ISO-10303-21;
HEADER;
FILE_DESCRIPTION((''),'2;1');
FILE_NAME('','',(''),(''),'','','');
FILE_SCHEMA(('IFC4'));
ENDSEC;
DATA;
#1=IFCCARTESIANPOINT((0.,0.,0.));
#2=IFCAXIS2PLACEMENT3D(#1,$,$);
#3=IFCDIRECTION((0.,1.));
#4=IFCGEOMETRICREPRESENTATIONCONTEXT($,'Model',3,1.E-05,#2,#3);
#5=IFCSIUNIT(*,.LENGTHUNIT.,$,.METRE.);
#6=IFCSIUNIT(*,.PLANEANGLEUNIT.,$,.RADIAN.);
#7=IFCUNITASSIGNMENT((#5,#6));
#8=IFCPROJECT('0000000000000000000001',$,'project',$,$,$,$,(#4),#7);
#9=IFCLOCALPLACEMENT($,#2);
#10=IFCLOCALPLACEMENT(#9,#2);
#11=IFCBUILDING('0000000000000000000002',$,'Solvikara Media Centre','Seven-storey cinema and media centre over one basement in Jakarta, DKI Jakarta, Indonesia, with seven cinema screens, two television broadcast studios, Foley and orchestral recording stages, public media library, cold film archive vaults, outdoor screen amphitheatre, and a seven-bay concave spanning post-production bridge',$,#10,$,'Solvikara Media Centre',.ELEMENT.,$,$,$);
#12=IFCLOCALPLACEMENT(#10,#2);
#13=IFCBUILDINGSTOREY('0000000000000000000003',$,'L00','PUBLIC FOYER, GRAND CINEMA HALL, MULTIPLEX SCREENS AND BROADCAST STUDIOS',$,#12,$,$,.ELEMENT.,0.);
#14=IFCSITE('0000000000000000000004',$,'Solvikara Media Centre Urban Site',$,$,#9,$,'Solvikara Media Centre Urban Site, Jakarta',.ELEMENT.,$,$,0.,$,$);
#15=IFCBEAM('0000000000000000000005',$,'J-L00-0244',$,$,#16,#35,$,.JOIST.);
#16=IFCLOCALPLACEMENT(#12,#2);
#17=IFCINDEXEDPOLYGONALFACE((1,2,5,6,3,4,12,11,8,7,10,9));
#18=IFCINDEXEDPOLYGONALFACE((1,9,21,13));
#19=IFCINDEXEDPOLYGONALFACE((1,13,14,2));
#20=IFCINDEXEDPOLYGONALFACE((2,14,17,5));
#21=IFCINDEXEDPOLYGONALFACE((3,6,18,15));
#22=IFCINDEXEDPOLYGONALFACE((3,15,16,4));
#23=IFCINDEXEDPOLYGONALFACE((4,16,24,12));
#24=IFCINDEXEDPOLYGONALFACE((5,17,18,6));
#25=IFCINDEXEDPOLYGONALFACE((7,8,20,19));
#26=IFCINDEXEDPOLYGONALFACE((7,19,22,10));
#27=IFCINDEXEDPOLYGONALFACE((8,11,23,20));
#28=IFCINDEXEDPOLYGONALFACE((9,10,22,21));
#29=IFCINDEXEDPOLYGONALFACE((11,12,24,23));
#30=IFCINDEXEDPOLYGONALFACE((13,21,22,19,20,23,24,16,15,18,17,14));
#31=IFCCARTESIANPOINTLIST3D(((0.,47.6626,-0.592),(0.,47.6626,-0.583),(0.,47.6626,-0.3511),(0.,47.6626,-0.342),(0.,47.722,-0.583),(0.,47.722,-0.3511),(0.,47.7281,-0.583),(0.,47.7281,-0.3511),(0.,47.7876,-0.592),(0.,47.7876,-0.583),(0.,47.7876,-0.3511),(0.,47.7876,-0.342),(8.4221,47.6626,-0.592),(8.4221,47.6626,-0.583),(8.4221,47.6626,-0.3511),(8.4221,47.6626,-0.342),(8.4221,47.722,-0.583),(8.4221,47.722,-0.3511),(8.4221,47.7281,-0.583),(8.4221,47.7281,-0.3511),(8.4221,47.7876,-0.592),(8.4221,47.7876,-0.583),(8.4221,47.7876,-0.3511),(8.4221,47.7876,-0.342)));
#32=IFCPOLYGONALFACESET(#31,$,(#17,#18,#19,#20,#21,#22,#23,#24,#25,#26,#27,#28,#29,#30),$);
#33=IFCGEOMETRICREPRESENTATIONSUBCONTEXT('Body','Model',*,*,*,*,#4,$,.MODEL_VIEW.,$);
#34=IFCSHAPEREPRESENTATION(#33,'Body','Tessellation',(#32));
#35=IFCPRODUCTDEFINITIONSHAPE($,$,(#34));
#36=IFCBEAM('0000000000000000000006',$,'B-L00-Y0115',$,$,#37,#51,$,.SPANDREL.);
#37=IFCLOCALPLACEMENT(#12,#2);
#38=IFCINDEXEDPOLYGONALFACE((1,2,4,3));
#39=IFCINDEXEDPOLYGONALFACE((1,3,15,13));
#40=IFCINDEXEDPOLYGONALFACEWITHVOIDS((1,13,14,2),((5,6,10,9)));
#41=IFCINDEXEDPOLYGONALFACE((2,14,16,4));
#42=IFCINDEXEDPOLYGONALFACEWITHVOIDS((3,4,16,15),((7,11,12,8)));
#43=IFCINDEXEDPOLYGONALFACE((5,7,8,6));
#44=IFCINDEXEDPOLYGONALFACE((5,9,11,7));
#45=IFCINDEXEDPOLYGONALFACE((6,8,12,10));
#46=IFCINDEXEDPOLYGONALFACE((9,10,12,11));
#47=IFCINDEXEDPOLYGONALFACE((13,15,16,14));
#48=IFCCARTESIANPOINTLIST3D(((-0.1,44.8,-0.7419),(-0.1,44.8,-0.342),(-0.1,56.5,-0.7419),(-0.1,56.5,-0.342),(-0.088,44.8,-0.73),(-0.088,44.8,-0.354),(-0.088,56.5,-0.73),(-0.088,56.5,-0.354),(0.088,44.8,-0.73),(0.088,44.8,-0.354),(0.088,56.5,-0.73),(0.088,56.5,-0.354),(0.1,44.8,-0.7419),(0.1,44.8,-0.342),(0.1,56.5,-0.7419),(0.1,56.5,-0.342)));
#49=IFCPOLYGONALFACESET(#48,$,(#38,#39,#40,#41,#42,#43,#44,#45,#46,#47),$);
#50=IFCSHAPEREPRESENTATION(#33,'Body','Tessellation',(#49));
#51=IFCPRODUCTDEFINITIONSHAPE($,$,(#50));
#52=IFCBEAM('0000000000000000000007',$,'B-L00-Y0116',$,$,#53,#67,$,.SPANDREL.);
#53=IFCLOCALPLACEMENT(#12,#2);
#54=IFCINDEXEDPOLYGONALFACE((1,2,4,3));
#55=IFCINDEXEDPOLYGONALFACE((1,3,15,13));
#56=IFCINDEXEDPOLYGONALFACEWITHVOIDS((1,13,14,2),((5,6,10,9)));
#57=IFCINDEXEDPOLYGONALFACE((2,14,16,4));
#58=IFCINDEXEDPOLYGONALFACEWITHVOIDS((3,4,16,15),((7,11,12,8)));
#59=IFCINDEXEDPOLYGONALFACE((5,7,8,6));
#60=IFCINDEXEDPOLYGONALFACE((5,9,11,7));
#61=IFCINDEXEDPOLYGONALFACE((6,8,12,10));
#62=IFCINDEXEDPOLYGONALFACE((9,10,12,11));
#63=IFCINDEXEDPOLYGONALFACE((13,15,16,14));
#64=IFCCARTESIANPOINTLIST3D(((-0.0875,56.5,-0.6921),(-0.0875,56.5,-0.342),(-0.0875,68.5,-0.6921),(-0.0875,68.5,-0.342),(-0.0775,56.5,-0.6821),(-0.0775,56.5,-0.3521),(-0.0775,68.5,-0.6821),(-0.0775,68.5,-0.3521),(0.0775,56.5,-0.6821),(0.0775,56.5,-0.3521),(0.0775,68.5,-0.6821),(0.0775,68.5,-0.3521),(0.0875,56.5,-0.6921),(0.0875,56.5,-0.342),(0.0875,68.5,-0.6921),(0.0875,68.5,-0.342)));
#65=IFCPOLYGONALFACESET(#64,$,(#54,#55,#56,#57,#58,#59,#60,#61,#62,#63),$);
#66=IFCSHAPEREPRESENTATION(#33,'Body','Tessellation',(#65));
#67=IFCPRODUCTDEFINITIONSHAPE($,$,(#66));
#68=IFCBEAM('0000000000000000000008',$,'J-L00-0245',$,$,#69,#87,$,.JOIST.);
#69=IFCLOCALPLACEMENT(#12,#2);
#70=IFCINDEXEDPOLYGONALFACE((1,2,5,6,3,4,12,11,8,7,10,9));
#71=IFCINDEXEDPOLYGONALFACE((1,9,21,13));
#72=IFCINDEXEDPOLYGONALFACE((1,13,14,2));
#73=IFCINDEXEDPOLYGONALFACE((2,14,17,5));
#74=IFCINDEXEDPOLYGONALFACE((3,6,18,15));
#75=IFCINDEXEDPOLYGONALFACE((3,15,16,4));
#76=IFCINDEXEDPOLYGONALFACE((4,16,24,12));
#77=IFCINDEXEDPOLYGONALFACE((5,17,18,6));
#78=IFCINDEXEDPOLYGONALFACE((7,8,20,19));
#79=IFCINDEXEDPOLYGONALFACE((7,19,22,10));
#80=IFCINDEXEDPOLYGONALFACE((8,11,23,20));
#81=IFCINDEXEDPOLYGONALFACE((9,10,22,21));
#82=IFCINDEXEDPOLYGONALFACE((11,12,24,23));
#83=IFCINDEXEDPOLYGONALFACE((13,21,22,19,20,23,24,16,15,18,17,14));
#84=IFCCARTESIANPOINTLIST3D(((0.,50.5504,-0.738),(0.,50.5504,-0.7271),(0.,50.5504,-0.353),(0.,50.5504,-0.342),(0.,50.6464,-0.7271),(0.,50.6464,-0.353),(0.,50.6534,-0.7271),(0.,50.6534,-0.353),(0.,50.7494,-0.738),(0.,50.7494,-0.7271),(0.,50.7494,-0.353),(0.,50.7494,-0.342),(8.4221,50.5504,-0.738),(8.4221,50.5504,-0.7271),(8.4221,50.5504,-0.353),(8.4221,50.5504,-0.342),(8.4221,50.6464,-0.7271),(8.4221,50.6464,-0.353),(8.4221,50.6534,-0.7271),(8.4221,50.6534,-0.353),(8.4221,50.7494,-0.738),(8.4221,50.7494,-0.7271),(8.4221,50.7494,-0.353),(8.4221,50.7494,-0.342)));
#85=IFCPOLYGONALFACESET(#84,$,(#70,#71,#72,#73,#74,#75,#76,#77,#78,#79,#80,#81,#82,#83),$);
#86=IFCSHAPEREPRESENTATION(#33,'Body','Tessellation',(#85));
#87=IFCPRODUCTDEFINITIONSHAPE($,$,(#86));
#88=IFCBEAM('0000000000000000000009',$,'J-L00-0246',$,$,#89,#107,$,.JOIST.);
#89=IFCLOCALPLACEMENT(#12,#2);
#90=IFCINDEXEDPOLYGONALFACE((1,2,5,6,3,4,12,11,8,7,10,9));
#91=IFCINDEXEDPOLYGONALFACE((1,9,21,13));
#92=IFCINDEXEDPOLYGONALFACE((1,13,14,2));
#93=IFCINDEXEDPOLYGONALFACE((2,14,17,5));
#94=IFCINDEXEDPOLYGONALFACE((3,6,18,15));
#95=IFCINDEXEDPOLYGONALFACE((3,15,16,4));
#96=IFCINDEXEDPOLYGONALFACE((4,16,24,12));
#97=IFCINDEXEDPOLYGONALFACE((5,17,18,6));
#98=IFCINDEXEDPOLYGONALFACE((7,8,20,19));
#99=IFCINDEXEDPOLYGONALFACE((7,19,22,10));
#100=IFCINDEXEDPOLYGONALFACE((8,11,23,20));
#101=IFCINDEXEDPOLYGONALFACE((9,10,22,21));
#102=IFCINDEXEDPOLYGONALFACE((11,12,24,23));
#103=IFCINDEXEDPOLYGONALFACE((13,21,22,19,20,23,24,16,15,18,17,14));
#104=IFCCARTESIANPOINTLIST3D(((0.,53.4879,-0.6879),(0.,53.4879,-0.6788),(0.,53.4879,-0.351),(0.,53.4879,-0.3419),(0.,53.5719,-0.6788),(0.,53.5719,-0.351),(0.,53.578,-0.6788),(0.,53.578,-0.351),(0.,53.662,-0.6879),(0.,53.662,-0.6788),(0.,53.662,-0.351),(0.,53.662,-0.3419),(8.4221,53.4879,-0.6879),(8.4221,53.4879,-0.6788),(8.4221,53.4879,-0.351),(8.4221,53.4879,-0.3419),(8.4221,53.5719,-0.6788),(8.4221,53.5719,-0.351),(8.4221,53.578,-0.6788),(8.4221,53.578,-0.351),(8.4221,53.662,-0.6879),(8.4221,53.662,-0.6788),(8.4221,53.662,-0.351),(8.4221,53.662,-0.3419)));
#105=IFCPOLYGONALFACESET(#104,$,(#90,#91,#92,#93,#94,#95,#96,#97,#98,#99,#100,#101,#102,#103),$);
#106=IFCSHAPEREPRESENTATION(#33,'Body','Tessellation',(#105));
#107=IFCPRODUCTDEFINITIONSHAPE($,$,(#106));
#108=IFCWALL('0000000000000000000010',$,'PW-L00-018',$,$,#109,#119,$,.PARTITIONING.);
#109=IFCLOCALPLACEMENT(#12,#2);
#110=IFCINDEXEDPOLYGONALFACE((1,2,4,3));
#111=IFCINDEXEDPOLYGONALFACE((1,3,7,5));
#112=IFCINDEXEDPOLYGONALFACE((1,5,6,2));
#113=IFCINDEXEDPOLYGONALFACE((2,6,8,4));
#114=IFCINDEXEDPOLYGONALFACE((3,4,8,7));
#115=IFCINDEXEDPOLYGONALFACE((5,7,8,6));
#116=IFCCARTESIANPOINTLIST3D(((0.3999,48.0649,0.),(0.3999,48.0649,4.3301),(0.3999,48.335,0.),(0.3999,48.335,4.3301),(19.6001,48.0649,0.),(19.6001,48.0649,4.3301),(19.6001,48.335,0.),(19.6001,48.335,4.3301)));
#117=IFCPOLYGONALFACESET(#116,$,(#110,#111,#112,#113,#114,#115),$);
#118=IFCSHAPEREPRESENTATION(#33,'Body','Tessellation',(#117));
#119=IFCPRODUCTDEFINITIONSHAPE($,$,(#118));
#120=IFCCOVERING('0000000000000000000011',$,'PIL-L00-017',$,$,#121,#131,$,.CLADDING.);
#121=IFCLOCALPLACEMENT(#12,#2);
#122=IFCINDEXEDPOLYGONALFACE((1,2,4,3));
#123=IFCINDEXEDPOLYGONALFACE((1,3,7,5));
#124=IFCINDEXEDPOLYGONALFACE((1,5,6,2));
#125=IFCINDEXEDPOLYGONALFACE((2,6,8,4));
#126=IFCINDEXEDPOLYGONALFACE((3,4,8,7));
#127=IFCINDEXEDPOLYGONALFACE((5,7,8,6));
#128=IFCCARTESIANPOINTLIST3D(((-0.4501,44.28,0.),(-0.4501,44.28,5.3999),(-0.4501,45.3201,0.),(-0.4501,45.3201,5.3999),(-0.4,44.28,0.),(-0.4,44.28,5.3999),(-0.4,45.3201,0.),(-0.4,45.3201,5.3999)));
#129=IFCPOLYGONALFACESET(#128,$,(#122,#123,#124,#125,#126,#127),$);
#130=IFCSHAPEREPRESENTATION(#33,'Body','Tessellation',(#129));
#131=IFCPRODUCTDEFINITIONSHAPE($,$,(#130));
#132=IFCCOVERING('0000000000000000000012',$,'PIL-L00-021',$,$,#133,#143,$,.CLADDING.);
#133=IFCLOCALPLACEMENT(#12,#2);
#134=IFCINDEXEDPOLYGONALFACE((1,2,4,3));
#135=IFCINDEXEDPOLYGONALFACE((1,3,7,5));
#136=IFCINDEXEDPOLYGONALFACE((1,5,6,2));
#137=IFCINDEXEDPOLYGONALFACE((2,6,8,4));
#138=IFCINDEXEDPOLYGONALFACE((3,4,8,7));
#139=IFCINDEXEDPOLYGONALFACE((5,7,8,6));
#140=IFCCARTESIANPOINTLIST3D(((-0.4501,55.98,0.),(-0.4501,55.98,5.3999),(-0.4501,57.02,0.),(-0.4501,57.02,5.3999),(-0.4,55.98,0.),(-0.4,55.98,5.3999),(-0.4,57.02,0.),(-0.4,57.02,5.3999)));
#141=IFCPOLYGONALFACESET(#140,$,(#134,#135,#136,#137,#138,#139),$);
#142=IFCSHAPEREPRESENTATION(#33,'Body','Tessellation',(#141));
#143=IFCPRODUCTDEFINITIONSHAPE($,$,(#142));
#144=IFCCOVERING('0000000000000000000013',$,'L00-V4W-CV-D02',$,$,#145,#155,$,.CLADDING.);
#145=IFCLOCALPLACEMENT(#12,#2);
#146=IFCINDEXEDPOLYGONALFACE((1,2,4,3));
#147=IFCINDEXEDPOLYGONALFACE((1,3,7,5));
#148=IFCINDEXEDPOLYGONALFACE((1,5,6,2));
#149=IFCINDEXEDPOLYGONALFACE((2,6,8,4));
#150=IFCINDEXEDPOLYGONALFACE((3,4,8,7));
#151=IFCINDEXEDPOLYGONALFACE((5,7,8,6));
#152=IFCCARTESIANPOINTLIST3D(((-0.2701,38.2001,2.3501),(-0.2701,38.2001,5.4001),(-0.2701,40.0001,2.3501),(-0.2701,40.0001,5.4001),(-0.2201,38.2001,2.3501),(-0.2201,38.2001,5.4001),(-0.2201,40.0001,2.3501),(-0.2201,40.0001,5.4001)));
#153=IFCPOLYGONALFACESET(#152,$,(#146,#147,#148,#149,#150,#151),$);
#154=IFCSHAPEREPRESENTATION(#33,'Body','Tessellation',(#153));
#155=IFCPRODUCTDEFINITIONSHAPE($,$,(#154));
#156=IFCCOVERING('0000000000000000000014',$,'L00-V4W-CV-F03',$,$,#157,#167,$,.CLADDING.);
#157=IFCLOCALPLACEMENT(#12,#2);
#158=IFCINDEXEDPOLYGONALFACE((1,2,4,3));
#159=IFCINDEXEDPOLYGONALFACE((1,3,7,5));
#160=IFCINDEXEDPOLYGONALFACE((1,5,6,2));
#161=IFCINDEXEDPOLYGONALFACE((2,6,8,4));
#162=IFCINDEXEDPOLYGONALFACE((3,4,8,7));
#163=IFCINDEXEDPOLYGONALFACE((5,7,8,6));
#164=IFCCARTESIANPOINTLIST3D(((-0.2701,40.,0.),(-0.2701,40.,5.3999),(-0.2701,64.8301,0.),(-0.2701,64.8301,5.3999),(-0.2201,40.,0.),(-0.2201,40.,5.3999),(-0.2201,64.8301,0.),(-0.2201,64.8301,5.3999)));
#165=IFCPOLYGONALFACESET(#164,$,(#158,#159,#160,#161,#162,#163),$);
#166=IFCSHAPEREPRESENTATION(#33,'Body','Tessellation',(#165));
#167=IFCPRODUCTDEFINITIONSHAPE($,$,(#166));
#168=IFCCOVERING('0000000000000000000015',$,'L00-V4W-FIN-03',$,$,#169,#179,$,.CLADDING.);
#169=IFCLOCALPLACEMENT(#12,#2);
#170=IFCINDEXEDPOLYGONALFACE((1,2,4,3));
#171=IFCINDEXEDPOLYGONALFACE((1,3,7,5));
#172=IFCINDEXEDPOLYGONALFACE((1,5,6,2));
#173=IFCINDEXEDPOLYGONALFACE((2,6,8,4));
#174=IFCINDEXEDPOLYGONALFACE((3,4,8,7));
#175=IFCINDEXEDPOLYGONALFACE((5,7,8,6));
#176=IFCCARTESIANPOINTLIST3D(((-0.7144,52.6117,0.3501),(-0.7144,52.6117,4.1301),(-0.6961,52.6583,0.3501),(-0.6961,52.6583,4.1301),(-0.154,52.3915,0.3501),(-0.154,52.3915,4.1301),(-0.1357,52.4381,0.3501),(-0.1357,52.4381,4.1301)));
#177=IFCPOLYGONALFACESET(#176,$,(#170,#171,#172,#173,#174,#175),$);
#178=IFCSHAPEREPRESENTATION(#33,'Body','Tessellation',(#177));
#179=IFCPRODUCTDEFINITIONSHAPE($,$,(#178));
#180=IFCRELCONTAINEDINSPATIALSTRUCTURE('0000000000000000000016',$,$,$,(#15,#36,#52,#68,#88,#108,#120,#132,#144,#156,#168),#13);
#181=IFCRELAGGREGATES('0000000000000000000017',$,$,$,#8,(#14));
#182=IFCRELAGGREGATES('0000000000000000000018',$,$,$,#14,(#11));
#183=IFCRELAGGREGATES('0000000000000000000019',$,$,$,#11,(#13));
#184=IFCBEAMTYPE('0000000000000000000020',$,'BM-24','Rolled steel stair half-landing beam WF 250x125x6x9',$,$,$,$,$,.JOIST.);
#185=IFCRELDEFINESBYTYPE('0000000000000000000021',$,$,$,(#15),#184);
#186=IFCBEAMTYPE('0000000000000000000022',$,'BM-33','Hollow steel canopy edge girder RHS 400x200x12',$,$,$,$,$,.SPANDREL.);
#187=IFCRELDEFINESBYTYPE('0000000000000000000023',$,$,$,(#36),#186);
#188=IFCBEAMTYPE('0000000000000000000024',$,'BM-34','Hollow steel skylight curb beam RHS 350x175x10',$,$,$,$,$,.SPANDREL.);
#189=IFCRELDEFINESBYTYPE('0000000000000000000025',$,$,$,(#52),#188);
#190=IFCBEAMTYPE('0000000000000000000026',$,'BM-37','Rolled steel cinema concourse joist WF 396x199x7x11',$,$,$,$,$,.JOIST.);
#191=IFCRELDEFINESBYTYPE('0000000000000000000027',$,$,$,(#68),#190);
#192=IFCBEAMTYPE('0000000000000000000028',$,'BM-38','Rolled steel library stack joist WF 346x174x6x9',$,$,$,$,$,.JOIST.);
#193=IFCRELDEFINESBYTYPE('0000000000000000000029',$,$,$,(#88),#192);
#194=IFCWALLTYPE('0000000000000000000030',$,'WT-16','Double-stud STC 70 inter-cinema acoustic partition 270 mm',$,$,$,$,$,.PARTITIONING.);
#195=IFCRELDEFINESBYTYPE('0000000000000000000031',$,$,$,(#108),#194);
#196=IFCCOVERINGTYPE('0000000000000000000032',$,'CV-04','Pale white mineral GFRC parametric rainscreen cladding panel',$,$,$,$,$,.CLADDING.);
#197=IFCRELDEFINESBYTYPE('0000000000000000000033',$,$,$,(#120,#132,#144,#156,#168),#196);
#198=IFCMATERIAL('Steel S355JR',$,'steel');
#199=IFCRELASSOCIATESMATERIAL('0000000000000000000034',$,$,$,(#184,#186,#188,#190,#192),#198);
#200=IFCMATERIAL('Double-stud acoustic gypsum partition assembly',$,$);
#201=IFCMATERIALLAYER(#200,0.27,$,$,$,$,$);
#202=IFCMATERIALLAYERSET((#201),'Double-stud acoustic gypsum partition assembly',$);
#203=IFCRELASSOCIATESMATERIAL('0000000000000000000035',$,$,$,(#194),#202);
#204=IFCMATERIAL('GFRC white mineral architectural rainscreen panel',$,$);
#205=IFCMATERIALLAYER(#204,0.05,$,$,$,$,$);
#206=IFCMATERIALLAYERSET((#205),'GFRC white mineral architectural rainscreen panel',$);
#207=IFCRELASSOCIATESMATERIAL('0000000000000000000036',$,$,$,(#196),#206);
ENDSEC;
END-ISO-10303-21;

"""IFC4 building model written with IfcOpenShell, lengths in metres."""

from ifc_helpers import new_model, si_unit, direction, frame, frame_2d, origin, origin_2d, place, context, subcontext, project, spatial, rectangle, hollow_rectangle, i_section, extrude, material, layer, layer_set, material_profile, profile_set, type_object, element, save


model = new_model("IFC4")

# Units and contexts
model_context = context("Model", 3, precision=1e-05, world=origin(), true_north=direction((0.0, 1.0)))
body_context = subcontext(model_context, "Body", "Model", "MODEL_VIEW")
ifc_project = project(units=[si_unit("LENGTHUNIT", "METRE"), si_unit("PLANEANGLEUNIT", "RADIAN")], contexts=[model_context])

# Site, building, storey
site_placement = place(None, origin())
site = spatial("IfcSite", under=ifc_project, at=site_placement, Name="Solvikara Media Centre Urban Site", LongName="Solvikara Media Centre Urban Site, Jakarta", CompositionType="ELEMENT", RefElevation=0.0)
building_placement = place(site_placement, origin())
building = spatial("IfcBuilding", under=site, at=building_placement, Name="Solvikara Media Centre", Description="Seven-storey cinema and media centre over one basement in Jakarta, DKI Jakarta, Indonesia, with seven cinema screens, two television broadcast studios, Foley and orchestral recording stages, public media library, cold film archive vaults, outdoor screen amphitheatre, and a seven-bay concave spanning post-production bridge", LongName="Solvikara Media Centre", CompositionType="ELEMENT")
storey_placement = place(building_placement, origin())
storey = spatial("IfcBuildingStorey", under=building, at=storey_placement, Name="L00", Description="PUBLIC FOYER, GRAND CINEMA HALL, MULTIPLEX SCREENS AND BROADCAST STUDIOS", CompositionType="ELEMENT", Elevation=0.0)

# Beams
ifc_material_1 = material(Name="Steel S355JR", Category="steel")
ifc_material_profile_1 = material_profile(ifc_material_1, i_section(OverallWidth=0.125, OverallDepth=0.25, WebThickness=0.0061, FlangeThickness=0.009, at=origin_2d()), Name="WF 250x125x6x9")
ifc_profile_set_1 = profile_set([ifc_material_profile_1], Name="Steel S355JR")
beam_type_1 = type_object("IfcBeamType", Name="BM-24", Description="Rolled steel stair half-landing beam WF 250x125x6x9", PredefinedType="JOIST", material=ifc_profile_set_1)
beam_1_placement = place(storey_placement, frame((0.0, 47.7251, -0.467), z_axis=(1.0, 0.0, 0.0), x_axis=(0.0, 1.0, 0.0)))
element("IfcBeam", 1, at=beam_1_placement, inside=storey, type_object=beam_type_1, Name="J-L00-0244", PredefinedType="JOIST", context=body_context, shape_type="SweptSolid", body=[
    extrude(i_section(OverallWidth=0.125, OverallDepth=0.25, WebThickness=0.0061, FlangeThickness=0.009, at=origin_2d()), origin(), (0.0, 0.0, 1.0), 8.4221),
])
ifc_material_profile_2 = material_profile(ifc_material_1, hollow_rectangle(XDim=0.2, YDim=0.3999, WallThickness=0.012, at=origin_2d()), Name="RHS 400x200x12")
ifc_profile_set_2 = profile_set([ifc_material_profile_2], Name="Steel S355JR")
beam_type_2 = type_object("IfcBeamType", Name="BM-33", Description="Hollow steel canopy edge girder RHS 400x200x12", PredefinedType="SPANDREL", material=ifc_profile_set_2)
beam_2_placement = place(storey_placement, frame((0.0, 44.8, -0.542), z_axis=(0.0, 1.0, 0.0), x_axis=(-1.0, 0.0, 0.0)))
element("IfcBeam", 2, at=beam_2_placement, inside=storey, type_object=beam_type_2, Name="B-L00-Y0115", PredefinedType="SPANDREL", context=body_context, shape_type="SweptSolid", body=[
    extrude(hollow_rectangle(XDim=0.2, YDim=0.3999, WallThickness=0.012, at=origin_2d()), origin(), (0.0, 0.0, 1.0), 11.7),
])
ifc_material_profile_3 = material_profile(ifc_material_1, hollow_rectangle(XDim=0.175, YDim=0.3501, WallThickness=0.01, at=origin_2d()), Name="RHS 350x175x10")
ifc_profile_set_3 = profile_set([ifc_material_profile_3], Name="Steel S355JR")
beam_type_3 = type_object("IfcBeamType", Name="BM-34", Description="Hollow steel skylight curb beam RHS 350x175x10", PredefinedType="SPANDREL", material=ifc_profile_set_3)
beam_3_placement = place(storey_placement, frame((0.0, 56.5, -0.5171), z_axis=(0.0, 1.0, 0.0), x_axis=(-1.0, 0.0, 0.0)))
element("IfcBeam", 3, at=beam_3_placement, inside=storey, type_object=beam_type_3, Name="B-L00-Y0116", PredefinedType="SPANDREL", context=body_context, shape_type="SweptSolid", body=[
    extrude(hollow_rectangle(XDim=0.175, YDim=0.3501, WallThickness=0.01, at=origin_2d()), origin(), (0.0, 0.0, 1.0), 12.0),
])
ifc_material_profile_4 = material_profile(ifc_material_1, i_section(OverallWidth=0.199, OverallDepth=0.396, WebThickness=0.0071, FlangeThickness=0.011, at=origin_2d()), Name="WF 396x199x7x11")
ifc_profile_set_4 = profile_set([ifc_material_profile_4], Name="Steel S355JR")
beam_type_4 = type_object("IfcBeamType", Name="BM-37", Description="Rolled steel cinema concourse joist WF 396x199x7x11", PredefinedType="JOIST", material=ifc_profile_set_4)
beam_4_placement = place(storey_placement, frame((0.0, 50.6499, -0.54), z_axis=(1.0, 0.0, 0.0), x_axis=(0.0, 1.0, 0.0)))
element("IfcBeam", 4, at=beam_4_placement, inside=storey, type_object=beam_type_4, Name="J-L00-0245", PredefinedType="JOIST", context=body_context, shape_type="SweptSolid", body=[
    extrude(i_section(OverallWidth=0.199, OverallDepth=0.396, WebThickness=0.0071, FlangeThickness=0.011, at=origin_2d()), origin(), (0.0, 0.0, 1.0), 8.4221),
])
ifc_material_profile_5 = material_profile(ifc_material_1, i_section(OverallWidth=0.1741, OverallDepth=0.3459, WebThickness=0.0061, FlangeThickness=0.009, at=origin_2d()), Name="WF 346x174x6x9")
ifc_profile_set_5 = profile_set([ifc_material_profile_5], Name="Steel S355JR")
beam_type_5 = type_object("IfcBeamType", Name="BM-38", Description="Rolled steel library stack joist WF 346x174x6x9", PredefinedType="JOIST", material=ifc_profile_set_5)
beam_5_placement = place(storey_placement, frame((0.0, 53.575, -0.5149), z_axis=(1.0, 0.0, 0.0), x_axis=(0.0, 1.0, 0.0)))
element("IfcBeam", 5, at=beam_5_placement, inside=storey, type_object=beam_type_5, Name="J-L00-0246", PredefinedType="JOIST", context=body_context, shape_type="SweptSolid", body=[
    extrude(i_section(OverallWidth=0.1741, OverallDepth=0.3459, WebThickness=0.0061, FlangeThickness=0.009, at=origin_2d()), origin(), (0.0, 0.0, 1.0), 8.4221),
])

# Wall
ifc_material_2 = material(Name="Double-stud acoustic gypsum partition assembly")
ifc_layer_1 = layer(ifc_material_2, 0.27)
ifc_layer_set_1 = layer_set([ifc_layer_1], Name="Double-stud acoustic gypsum partition assembly")
wall_type = type_object("IfcWallType", Name="WT-16", Description="Double-stud STC 70 inter-cinema acoustic partition 270 mm", PredefinedType="PARTITIONING", material=ifc_layer_set_1)
wall_placement = place(storey_placement, frame((0.3999, 48.2, 0.0), z_axis=(0.0, 0.0, 1.0), x_axis=(1.0, 0.0, 0.0)))
element("IfcWall", 6, at=wall_placement, inside=storey, type_object=wall_type, Name="PW-L00-018", PredefinedType="PARTITIONING", context=body_context, shape_type="SweptSolid", body=[
    extrude(rectangle(XDim=19.2002, YDim=0.27, at=frame_2d((9.6001, 0.0))), origin(), (0.0, 0.0, 1.0), 4.3301),
])

# Coverings
ifc_material_3 = material(Name="GFRC white mineral architectural rainscreen panel")
ifc_layer_2 = layer(ifc_material_3, 0.05)
ifc_layer_set_2 = layer_set([ifc_layer_2], Name="GFRC white mineral architectural rainscreen panel")
covering_type = type_object("IfcCoveringType", Name="CV-04", Description="Pale white mineral GFRC parametric rainscreen cladding panel", PredefinedType="CLADDING", material=ifc_layer_set_2)
for number, where, z_axis, x_axis, name in (
    (7, (-0.425, 44.8, 0.0), (0.0, 0.0, 1.0), (0.0, -1.0, 0.0), "PIL-L00-017"),
    (8, (-0.425, 56.5, 0.0), (0.0, 0.0, 1.0), (0.0, -1.0, 0.0), "PIL-L00-021"),
):
    element("IfcCovering", number, at=place(storey_placement, frame(where, z_axis=z_axis, x_axis=x_axis)), inside=storey, type_object=covering_type, Name=name, PredefinedType="CLADDING", context=body_context, shape_type="SweptSolid", body=[
        extrude(rectangle(XDim=1.04, YDim=0.05, at=origin_2d()), origin(), (0.0, 0.0, 1.0), 5.3999),
    ])
covering_1_placement = place(storey_placement, frame((-0.2451, 39.1001, 2.3501), z_axis=(0.0, 0.0, 1.0), x_axis=(0.0, 1.0, 0.0)))
element("IfcCovering", 9, at=covering_1_placement, inside=storey, type_object=covering_type, Name="L00-V4W-CV-D02", PredefinedType="CLADDING", context=body_context, shape_type="SweptSolid", body=[
    extrude(rectangle(XDim=1.8, YDim=0.05, at=origin_2d()), origin(), (0.0, 0.0, 1.0), 3.05),
])
covering_2_placement = place(storey_placement, frame((-0.2451, 52.415, 0.0), z_axis=(0.0, 0.0, 1.0), x_axis=(0.0, 1.0, 0.0)))
element("IfcCovering", 10, at=covering_2_placement, inside=storey, type_object=covering_type, Name="L00-V4W-CV-F03", PredefinedType="CLADDING", context=body_context, shape_type="SweptSolid", body=[
    extrude(rectangle(XDim=24.8301, YDim=0.05, at=origin_2d()), origin(), (0.0, 0.0, 1.0), 5.3999),
])
covering_3_placement = place(storey_placement, frame((-0.425, 52.5249, 0.3501), z_axis=(0.0, 0.0, 1.0), x_axis=(-0.93075, 0.365657, 0.0)))
element("IfcCovering", 11, at=covering_3_placement, inside=storey, type_object=covering_type, Name="L00-V4W-FIN-03", PredefinedType="CLADDING", context=body_context, shape_type="SweptSolid", body=[
    extrude(rectangle(XDim=0.6021, YDim=0.05, at=origin_2d()), origin(), (0.0, 0.0, 1.0), 3.78),
])

save(model, "model.ifc")
